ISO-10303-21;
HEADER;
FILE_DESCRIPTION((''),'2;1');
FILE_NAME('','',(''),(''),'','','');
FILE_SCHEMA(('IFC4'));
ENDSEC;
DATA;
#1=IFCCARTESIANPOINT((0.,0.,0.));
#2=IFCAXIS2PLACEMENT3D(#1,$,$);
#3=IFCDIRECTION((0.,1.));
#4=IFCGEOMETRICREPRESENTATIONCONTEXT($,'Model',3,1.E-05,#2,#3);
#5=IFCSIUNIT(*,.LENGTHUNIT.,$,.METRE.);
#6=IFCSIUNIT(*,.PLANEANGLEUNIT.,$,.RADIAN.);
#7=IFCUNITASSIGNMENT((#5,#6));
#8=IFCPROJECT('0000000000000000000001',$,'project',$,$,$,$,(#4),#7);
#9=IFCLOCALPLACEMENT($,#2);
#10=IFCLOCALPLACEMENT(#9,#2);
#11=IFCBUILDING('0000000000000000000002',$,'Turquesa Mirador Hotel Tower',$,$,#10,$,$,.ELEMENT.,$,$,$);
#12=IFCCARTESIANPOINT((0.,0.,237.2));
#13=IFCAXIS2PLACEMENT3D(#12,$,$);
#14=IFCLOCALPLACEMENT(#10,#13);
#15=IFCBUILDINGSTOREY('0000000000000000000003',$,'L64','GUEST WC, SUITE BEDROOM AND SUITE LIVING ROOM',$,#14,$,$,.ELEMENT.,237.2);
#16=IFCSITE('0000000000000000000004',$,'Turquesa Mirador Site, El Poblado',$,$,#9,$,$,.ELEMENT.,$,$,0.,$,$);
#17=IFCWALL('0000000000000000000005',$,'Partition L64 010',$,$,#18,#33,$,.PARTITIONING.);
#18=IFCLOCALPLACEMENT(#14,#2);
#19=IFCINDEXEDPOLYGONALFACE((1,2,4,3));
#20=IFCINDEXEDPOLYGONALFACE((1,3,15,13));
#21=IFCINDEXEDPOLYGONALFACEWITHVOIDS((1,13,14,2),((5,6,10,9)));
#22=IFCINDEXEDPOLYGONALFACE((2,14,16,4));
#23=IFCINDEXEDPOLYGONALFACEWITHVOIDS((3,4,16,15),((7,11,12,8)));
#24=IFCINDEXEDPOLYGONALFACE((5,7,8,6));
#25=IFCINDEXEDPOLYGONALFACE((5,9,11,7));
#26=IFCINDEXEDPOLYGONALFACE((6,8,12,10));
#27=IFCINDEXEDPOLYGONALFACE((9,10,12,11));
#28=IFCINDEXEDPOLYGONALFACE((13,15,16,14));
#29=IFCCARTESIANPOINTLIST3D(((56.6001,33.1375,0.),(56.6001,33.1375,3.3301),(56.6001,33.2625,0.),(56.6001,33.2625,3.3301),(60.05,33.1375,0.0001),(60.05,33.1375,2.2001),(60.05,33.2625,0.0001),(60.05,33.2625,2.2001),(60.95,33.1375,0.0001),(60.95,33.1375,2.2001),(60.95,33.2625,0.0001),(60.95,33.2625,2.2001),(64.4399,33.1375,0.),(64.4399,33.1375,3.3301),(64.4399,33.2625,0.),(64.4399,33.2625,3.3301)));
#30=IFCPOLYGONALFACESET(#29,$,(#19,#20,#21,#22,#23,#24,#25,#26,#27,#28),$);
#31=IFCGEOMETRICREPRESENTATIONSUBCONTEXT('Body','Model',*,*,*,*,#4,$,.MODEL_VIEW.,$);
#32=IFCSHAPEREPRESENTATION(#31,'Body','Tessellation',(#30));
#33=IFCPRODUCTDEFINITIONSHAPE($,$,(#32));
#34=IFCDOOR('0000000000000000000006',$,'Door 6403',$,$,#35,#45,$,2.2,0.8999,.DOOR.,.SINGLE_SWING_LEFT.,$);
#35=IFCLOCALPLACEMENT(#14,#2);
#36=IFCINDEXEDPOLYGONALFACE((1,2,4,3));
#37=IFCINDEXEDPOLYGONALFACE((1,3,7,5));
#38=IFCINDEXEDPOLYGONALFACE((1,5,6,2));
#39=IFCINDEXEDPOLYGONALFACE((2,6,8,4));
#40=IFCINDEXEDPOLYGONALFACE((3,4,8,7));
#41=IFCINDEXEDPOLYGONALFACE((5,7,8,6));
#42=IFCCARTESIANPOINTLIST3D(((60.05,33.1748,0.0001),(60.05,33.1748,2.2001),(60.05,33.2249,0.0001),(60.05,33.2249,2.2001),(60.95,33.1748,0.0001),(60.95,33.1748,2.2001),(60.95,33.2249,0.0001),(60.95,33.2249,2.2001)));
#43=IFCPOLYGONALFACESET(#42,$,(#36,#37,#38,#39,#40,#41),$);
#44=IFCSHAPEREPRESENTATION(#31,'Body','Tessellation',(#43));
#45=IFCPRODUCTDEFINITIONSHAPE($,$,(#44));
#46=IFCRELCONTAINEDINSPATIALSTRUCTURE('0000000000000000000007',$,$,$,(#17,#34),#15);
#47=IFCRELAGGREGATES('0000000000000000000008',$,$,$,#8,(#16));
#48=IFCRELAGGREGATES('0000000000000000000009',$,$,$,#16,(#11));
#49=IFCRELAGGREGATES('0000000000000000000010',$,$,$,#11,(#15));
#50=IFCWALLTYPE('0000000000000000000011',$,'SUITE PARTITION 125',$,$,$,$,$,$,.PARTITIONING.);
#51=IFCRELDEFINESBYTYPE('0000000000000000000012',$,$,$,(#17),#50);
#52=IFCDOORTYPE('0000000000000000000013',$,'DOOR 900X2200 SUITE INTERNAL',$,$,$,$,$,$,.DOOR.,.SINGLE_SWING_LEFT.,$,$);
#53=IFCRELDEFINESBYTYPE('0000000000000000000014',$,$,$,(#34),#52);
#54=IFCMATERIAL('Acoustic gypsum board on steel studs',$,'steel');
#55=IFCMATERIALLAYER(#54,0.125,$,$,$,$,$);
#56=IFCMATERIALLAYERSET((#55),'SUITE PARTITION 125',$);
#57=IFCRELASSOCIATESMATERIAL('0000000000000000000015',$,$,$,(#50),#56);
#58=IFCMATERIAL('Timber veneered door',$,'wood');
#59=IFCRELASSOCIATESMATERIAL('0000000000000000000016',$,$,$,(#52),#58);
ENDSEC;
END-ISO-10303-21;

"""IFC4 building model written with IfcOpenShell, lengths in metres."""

from ifc_helpers import new_model, si_unit, direction, frame, frame_2d, origin, place, context, subcontext, project, spatial, rectangle, extrude, material, layer, layer_set, type_object, element, fill, save


model = new_model("IFC4")

# Units and contexts
model_context = context("Model", 3, precision=1e-05, world=origin(), true_north=direction((0.0, 1.0)))
body_context = subcontext(model_context, "Body", "Model", "MODEL_VIEW")
ifc_project = project(units=[si_unit("LENGTHUNIT", "METRE"), si_unit("PLANEANGLEUNIT", "RADIAN")], contexts=[model_context])

# Site, building, storey
site_placement = place(None, origin())
site = spatial("IfcSite", under=ifc_project, at=site_placement, Name="Turquesa Mirador Site, El Poblado", CompositionType="ELEMENT", RefElevation=0.0)
building_placement = place(site_placement, origin())
building = spatial("IfcBuilding", under=site, at=building_placement, Name="Turquesa Mirador Hotel Tower", CompositionType="ELEMENT")
storey_placement = place(building_placement, frame((0.0, 0.0, 237.2)))
storey = spatial("IfcBuildingStorey", under=building, at=storey_placement, Name="L64", Description="GUEST WC, SUITE BEDROOM AND SUITE LIVING ROOM", CompositionType="ELEMENT", Elevation=237.2)

# Wall, opening, door
ifc_material_1 = material(Name="Acoustic gypsum board on steel studs", Category="steel")
ifc_layer_1 = layer(ifc_material_1, 0.125)
ifc_layer_set_1 = layer_set([ifc_layer_1], Name="SUITE PARTITION 125")
wall_type_1 = type_object("IfcWallType", Name="SUITE PARTITION 125", PredefinedType="PARTITIONING", material=ifc_layer_set_1)
wall_1_placement = place(storey_placement, frame((56.6001, 33.2, 0.0), z_axis=(0.0, 0.0, 1.0), x_axis=(1.0, 0.0, 0.0)))
wall_1 = element("IfcWall", 1, at=wall_1_placement, inside=storey, type_object=wall_type_1, Name="Partition L64 010", PredefinedType="PARTITIONING", context=body_context, shape_type="SweptSolid", body=[
    extrude(rectangle(XDim=7.8398, YDim=0.125, at=frame_2d((3.9199, 0.0))), origin(), (0.0, 0.0, 1.0), 3.3301),
])
opening_1_placement = place(wall_1_placement, frame((3.45, 0.0, 0.0)))
opening_1 = element("IfcOpeningElement", 2, at=opening_1_placement, cuts=wall_1, PredefinedType="OPENING", context=body_context, shape_type="SweptSolid", body=[
    extrude(rectangle(XDim=0.8999, YDim=2.2, at=frame_2d((0.45, 1.1001))), frame((0.0, 0.0725, 0.0), z_axis=(0.0, -1.0, 0.0), x_axis=(1.0, 0.0, 0.0)), (0.0, 0.0, 1.0), 0.145),
])
ifc_material_2 = material(Name="Timber veneered door", Category="wood")
door_type_1 = type_object("IfcDoorType", Name="DOOR 900X2200 SUITE INTERNAL", OperationType="SINGLE_SWING_LEFT", PredefinedType="DOOR", material=ifc_material_2)
door_1_placement = place(opening_1_placement, origin())
door_1 = element("IfcDoor", 3, at=door_1_placement, inside=storey, type_object=door_type_1, Name="Door 6403", OperationType="SINGLE_SWING_LEFT", OverallHeight=2.2, OverallWidth=0.8999, PredefinedType="DOOR", context=body_context, shape_type="SweptSolid", body=[
    extrude(rectangle(XDim=0.8999, YDim=2.2, at=frame_2d((0.45, 1.1001))), frame((0.0, 0.0249, 0.0), z_axis=(0.0, -1.0, 0.0), x_axis=(1.0, 0.0, 0.0)), (0.0, 0.0, 1.0), 0.05),
])
fill(opening_1, door_1)

save(model, "model.ifc")
